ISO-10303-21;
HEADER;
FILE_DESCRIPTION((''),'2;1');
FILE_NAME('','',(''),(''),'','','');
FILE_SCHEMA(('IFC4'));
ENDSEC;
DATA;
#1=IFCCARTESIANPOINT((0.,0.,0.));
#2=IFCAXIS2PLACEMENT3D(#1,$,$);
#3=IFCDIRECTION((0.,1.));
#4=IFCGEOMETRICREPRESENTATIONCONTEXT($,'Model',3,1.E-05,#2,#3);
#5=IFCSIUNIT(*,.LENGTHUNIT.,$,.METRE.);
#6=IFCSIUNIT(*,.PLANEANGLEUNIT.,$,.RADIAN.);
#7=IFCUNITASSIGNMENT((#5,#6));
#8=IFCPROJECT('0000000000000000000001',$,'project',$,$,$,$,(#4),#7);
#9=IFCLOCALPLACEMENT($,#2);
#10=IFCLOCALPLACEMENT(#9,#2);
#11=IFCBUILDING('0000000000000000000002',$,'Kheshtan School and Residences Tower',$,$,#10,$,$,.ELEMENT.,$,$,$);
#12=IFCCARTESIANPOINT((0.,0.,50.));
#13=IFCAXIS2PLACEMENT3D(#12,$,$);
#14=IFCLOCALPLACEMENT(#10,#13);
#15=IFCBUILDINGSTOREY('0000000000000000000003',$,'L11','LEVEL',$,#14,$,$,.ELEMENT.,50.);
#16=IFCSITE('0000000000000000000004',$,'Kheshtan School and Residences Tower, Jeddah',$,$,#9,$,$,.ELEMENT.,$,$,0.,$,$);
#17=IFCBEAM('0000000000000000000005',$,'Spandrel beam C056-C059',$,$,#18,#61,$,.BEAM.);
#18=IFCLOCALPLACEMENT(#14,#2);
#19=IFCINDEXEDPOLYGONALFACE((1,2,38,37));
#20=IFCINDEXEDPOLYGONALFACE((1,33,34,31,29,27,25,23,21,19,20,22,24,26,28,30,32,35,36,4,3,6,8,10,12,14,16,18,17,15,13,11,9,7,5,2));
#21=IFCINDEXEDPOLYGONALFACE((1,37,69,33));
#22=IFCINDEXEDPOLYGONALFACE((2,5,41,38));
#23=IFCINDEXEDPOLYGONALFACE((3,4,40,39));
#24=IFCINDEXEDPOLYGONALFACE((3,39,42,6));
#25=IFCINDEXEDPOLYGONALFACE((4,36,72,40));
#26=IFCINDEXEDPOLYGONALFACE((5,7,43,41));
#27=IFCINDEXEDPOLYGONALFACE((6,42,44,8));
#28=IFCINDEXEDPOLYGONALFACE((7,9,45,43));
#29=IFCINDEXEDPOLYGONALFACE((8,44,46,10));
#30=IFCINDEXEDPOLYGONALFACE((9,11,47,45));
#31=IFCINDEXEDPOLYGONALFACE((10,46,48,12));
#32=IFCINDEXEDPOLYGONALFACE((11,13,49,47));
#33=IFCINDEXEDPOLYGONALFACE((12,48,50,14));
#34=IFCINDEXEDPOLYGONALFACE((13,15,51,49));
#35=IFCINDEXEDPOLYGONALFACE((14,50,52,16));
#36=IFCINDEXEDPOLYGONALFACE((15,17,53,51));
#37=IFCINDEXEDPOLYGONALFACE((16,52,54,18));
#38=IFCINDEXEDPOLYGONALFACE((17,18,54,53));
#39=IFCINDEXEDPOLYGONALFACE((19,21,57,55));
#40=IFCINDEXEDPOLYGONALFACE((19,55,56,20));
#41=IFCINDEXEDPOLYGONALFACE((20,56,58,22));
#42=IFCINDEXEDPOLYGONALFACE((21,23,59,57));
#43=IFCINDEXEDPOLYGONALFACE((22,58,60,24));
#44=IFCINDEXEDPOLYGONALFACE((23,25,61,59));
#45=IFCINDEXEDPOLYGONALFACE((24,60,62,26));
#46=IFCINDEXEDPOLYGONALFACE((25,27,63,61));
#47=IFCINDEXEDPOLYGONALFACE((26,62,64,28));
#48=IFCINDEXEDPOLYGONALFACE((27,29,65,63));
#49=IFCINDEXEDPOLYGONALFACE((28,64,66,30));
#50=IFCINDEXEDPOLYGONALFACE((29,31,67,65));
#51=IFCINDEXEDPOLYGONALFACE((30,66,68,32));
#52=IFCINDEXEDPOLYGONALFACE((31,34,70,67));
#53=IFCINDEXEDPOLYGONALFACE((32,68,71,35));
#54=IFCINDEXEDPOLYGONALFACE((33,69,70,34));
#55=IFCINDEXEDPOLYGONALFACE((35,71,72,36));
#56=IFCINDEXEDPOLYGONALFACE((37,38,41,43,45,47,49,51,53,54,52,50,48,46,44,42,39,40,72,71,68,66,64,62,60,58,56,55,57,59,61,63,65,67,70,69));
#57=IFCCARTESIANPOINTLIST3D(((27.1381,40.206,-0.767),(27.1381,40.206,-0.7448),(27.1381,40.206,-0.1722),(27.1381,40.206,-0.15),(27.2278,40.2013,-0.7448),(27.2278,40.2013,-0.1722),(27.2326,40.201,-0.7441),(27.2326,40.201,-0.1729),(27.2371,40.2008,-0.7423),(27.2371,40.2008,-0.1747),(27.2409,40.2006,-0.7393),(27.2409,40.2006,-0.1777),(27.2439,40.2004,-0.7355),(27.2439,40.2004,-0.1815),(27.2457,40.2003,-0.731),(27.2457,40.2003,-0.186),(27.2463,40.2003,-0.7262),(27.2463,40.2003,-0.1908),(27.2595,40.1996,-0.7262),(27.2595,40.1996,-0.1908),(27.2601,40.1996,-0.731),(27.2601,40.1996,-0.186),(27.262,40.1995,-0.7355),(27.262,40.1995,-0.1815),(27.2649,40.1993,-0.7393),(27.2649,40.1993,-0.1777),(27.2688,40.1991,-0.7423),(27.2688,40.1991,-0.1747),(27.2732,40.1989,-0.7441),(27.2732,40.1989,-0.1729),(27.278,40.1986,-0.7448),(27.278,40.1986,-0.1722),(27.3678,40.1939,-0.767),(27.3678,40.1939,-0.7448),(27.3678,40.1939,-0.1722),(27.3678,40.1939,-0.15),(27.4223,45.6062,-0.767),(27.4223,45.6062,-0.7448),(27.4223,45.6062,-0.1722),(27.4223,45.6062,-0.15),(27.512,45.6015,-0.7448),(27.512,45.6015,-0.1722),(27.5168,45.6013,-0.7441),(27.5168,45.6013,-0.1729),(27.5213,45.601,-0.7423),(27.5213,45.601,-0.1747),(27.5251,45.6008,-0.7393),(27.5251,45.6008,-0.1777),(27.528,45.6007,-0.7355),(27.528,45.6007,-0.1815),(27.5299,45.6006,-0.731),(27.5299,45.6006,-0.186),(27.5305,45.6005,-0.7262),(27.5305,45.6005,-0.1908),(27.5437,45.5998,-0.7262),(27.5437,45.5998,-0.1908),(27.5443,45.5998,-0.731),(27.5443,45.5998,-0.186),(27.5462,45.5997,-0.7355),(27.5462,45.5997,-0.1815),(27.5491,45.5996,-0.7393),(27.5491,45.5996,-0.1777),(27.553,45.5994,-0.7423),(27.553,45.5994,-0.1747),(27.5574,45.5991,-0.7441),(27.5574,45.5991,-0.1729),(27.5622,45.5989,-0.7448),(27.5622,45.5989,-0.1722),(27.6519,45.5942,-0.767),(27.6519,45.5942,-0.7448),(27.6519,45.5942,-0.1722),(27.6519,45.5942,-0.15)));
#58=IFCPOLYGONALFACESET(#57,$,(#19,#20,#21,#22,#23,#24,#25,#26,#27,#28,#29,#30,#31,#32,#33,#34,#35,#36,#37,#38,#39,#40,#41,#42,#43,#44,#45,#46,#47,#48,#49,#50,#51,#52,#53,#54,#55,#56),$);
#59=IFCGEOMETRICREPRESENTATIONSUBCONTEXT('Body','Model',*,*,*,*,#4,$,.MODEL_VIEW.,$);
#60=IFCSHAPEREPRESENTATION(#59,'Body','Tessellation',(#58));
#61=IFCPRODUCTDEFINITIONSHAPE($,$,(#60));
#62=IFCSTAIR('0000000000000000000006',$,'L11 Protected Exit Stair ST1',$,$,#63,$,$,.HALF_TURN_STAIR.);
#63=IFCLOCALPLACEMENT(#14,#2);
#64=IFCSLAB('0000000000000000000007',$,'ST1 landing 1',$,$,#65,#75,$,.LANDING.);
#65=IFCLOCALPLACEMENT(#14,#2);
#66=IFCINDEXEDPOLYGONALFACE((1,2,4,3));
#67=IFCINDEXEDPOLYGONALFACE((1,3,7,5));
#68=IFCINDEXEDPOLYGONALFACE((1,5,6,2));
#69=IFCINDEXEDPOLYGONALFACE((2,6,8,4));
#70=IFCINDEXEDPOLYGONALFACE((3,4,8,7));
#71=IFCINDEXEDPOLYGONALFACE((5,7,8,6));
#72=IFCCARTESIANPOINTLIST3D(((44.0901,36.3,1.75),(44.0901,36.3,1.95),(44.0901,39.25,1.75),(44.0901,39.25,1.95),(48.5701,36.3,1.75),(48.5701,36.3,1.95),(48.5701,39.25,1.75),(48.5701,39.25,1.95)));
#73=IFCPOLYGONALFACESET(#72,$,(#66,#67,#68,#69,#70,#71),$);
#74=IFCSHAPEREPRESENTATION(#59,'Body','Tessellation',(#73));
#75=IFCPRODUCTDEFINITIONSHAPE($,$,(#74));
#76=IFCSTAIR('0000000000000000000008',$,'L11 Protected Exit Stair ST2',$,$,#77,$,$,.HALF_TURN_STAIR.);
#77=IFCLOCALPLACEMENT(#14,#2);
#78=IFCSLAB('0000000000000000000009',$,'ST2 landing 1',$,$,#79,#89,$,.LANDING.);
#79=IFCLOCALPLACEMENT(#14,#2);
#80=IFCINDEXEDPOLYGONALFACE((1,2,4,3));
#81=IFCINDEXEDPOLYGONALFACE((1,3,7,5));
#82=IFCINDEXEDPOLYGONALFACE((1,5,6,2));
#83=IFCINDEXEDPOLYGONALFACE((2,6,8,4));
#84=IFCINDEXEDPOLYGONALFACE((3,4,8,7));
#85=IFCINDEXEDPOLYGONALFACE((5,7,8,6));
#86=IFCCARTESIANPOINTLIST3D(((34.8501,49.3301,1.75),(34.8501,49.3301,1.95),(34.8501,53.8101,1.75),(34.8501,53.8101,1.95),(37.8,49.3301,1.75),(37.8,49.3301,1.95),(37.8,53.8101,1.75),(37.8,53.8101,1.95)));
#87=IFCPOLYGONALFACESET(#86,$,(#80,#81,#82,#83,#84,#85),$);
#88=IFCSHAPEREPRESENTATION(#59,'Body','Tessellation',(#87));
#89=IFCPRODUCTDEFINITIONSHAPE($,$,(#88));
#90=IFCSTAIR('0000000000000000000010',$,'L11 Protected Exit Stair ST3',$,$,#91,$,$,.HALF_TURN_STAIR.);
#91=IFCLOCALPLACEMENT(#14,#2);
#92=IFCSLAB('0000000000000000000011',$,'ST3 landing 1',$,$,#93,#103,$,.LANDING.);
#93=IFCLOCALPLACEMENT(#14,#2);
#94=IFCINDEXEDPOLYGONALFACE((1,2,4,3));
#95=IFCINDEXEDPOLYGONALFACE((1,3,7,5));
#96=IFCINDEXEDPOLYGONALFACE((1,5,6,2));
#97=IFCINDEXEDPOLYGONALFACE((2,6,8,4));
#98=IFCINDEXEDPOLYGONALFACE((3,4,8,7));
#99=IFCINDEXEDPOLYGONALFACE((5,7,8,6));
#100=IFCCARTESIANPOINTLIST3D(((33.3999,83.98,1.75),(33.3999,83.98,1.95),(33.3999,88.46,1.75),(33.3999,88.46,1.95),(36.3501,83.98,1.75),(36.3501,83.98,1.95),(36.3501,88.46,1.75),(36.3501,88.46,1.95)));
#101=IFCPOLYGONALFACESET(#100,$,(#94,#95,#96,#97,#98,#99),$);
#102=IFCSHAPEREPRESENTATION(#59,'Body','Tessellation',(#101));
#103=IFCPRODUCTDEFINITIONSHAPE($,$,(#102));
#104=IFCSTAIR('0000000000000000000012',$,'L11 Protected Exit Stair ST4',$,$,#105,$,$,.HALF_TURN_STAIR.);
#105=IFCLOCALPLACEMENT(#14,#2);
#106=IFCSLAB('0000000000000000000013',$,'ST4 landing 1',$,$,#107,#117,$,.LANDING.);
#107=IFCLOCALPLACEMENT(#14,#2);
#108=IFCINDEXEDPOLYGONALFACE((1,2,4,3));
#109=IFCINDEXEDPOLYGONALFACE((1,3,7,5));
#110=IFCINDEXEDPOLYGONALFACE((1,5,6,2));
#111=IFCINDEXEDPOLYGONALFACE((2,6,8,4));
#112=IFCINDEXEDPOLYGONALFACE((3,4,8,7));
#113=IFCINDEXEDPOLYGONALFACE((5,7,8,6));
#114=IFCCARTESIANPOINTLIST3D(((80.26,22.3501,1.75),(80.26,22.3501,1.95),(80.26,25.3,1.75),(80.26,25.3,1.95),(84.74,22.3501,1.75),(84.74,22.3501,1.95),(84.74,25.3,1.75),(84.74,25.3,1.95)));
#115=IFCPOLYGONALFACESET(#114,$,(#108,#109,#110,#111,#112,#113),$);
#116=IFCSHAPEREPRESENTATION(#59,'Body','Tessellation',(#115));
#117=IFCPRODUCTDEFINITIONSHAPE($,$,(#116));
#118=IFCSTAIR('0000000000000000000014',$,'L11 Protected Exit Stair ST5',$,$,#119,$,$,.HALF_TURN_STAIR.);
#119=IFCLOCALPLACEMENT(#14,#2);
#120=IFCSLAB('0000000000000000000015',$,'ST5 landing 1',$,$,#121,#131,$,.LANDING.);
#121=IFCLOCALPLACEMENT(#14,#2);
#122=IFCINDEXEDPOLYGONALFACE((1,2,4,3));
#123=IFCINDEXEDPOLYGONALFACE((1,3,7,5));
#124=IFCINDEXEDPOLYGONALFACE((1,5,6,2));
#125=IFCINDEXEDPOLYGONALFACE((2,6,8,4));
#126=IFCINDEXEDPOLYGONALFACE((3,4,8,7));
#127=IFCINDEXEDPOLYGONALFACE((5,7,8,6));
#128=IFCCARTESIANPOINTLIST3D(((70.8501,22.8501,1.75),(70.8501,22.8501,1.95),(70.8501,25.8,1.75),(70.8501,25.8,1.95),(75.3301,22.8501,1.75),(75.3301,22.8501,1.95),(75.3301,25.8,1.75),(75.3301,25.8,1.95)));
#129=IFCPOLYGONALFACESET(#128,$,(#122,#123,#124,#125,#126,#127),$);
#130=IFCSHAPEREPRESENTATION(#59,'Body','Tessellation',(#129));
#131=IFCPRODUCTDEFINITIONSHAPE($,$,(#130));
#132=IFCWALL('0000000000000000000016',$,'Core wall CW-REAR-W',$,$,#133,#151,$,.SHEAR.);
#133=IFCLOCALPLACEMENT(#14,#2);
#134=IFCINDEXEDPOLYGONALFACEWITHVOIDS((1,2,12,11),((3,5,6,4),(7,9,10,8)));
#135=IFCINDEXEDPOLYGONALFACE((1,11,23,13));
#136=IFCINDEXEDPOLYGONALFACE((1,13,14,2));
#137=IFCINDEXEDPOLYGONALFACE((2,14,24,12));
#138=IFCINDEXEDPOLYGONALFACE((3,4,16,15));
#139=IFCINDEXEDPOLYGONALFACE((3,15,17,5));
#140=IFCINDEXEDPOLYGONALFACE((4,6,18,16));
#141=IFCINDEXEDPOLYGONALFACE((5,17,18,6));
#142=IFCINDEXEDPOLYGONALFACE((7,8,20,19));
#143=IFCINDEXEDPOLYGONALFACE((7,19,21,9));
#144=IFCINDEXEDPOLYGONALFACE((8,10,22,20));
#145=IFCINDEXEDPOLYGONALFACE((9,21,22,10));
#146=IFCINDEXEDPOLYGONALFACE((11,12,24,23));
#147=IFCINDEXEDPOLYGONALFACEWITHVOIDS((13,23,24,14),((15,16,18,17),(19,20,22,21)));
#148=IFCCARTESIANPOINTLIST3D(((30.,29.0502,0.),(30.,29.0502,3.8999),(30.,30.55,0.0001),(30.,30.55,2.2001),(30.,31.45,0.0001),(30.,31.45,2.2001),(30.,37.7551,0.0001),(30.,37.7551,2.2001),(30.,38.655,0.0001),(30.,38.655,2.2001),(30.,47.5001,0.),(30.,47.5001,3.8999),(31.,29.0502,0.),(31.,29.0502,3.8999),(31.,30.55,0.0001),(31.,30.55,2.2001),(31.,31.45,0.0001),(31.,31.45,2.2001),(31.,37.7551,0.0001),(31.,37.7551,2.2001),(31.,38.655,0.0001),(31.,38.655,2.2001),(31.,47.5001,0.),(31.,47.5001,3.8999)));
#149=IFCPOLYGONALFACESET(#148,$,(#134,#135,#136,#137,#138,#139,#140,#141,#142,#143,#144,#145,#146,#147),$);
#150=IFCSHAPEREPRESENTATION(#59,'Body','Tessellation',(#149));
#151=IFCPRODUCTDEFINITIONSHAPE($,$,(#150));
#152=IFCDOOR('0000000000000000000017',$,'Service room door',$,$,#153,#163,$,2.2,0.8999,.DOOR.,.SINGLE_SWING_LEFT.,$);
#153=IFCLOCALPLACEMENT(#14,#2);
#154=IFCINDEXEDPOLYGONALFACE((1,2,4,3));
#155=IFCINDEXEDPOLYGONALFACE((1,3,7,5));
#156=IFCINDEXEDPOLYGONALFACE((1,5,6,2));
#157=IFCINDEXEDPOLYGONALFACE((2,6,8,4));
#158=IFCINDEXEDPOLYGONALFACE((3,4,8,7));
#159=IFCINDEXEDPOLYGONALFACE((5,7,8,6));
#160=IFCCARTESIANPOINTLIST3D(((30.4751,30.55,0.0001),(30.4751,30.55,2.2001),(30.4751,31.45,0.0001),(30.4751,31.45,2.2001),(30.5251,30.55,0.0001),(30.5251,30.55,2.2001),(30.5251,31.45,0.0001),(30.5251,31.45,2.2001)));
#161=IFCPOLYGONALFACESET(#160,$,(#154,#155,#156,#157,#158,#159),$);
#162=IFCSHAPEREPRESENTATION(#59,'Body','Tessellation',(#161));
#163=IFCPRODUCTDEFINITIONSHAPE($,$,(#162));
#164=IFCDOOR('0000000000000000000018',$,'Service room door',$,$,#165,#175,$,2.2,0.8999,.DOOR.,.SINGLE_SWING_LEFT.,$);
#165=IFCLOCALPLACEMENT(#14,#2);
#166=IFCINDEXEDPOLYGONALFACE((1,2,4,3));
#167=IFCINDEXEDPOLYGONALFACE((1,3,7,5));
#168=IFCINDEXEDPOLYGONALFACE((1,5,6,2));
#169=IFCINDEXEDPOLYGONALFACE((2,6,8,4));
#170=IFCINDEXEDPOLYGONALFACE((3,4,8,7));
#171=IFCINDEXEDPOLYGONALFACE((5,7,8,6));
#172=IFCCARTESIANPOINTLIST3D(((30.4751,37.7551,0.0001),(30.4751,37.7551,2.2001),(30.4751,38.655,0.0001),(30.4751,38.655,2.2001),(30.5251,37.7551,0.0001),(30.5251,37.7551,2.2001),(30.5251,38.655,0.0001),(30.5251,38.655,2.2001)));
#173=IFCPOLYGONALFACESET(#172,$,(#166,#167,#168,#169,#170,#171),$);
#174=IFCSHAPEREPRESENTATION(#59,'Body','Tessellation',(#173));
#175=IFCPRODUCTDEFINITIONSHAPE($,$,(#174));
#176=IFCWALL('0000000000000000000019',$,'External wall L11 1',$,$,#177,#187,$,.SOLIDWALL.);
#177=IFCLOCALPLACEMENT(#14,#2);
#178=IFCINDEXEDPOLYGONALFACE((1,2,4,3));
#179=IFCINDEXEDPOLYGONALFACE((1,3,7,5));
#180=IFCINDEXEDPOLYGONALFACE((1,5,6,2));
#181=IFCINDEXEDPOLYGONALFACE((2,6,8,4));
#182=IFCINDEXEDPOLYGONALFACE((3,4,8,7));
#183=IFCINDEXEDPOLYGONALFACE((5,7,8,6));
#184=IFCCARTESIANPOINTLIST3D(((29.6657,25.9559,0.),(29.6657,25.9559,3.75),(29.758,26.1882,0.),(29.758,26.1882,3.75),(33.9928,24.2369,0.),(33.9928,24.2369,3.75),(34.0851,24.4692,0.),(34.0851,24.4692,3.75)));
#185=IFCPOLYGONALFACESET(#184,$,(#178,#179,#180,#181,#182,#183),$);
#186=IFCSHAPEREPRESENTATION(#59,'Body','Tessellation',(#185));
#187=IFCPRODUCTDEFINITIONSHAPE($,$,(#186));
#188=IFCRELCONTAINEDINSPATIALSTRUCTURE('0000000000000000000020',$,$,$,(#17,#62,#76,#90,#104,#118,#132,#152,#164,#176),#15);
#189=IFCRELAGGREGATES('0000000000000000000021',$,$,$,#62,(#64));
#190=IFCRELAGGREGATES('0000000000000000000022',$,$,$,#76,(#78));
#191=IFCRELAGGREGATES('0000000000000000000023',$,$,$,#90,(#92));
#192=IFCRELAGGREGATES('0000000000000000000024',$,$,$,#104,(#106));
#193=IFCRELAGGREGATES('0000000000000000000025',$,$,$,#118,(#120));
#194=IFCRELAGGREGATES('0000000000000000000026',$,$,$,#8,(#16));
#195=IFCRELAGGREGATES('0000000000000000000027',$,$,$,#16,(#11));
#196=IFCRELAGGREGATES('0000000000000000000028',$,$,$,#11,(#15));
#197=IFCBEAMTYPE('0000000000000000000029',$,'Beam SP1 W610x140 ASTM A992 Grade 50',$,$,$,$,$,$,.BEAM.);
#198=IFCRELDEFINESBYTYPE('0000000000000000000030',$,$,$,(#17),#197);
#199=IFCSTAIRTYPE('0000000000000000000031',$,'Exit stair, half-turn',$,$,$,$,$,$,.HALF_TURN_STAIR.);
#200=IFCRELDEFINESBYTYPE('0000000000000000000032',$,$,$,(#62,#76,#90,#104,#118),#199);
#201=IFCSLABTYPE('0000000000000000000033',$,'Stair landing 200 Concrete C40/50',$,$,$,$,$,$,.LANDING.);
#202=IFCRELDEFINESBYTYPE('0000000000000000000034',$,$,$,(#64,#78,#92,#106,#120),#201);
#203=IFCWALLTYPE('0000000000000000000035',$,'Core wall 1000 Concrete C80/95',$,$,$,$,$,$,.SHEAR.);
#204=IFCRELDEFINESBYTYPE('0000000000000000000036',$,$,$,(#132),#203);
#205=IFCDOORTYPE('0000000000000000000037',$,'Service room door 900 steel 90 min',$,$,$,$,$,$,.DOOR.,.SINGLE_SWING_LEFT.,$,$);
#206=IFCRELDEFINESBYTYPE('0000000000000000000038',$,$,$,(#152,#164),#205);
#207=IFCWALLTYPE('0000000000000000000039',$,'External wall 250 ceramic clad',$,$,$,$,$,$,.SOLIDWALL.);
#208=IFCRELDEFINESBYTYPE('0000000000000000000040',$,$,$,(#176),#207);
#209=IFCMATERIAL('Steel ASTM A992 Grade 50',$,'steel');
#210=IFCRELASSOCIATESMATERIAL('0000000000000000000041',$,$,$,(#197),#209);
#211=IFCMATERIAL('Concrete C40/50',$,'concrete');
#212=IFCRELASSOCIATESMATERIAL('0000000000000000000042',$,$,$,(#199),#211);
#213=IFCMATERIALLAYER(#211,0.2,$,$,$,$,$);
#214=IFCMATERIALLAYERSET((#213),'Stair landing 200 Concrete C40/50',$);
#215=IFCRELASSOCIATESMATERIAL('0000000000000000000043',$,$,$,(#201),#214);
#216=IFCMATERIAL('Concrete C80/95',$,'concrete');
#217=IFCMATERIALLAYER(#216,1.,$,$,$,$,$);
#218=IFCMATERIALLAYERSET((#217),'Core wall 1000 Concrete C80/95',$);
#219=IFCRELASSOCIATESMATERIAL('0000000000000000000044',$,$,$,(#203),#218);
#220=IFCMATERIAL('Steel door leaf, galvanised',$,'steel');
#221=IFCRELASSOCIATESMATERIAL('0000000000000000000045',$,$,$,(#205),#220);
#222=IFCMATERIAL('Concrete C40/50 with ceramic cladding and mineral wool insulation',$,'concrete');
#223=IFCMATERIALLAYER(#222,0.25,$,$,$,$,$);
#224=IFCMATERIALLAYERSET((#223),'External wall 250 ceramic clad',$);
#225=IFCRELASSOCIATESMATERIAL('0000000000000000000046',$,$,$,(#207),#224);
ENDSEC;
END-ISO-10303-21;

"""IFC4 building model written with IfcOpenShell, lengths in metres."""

from ifc_helpers import new_model, si_unit, direction, frame, frame_2d, origin, origin_2d, place, context, subcontext, project, spatial, polyline, rectangle, i_section, outline, extrude, source, transform, mapped, material, layer, layer_set, material_profile, profile_set, type_object, element, fill, aggregate, save


model = new_model("IFC4")

# Units and contexts
model_context = context("Model", 3, precision=1e-05, world=origin(), true_north=direction((0.0, 1.0)))
body_context = subcontext(model_context, "Body", "Model", "MODEL_VIEW")
ifc_project = project(units=[si_unit("LENGTHUNIT", "METRE"), si_unit("PLANEANGLEUNIT", "RADIAN")], contexts=[model_context])

# Site, building, storey
site_placement = place(None, origin())
site = spatial("IfcSite", under=ifc_project, at=site_placement, Name="Kheshtan School and Residences Tower, Jeddah", CompositionType="ELEMENT", RefElevation=0.0)
building_placement = place(site_placement, origin())
building = spatial("IfcBuilding", under=site, at=building_placement, Name="Kheshtan School and Residences Tower", CompositionType="ELEMENT")
storey_placement = place(building_placement, frame((0.0, 0.0, 50.0)))
storey = spatial("IfcBuildingStorey", under=building, at=storey_placement, Name="L11", Description="LEVEL", CompositionType="ELEMENT", Elevation=50.0)

# Shared definitions
ifc_material_1 = material(Name="Steel ASTM A992 Grade 50", Category="steel")

# Beam
ifc_material_profile_1 = material_profile(ifc_material_1, i_section(OverallWidth=0.23, OverallDepth=0.6169, WebThickness=0.0132, FlangeThickness=0.0222, FilletRadius=0.0186, at=origin_2d()), Name="W610x140")
ifc_profile_set_1 = profile_set([ifc_material_profile_1], Name="Steel ASTM A992 Grade 50")
beam_type_1 = type_object("IfcBeamType", Name="Beam SP1 W610x140 ASTM A992 Grade 50", PredefinedType="BEAM", material=ifc_profile_set_1)
beam_1_placement = place(storey_placement, frame((27.2529, 40.2, -0.4585), z_axis=(0.052552, 0.998618, 0.0), x_axis=(-0.998618, 0.052552, 0.0)))
element("IfcBeam", 1, at=beam_1_placement, inside=storey, type_object=beam_type_1, Name="Spandrel beam C056-C059", PredefinedType="BEAM", context=body_context, shape_type="SweptSolid", body=[
    extrude(i_section(OverallWidth=0.23, OverallDepth=0.6169, WebThickness=0.0132, FlangeThickness=0.0222, FilletRadius=0.0186, at=origin_2d()), origin(), (0.0, 0.0, 1.0), 5.4077),
])

# Shared definitions
ifc_material_2 = material(Name="Concrete C40/50", Category="concrete")

# Stairs, slabs
stair_type = type_object("IfcStairType", Name="Exit stair, half-turn", PredefinedType="HALF_TURN_STAIR", material=ifc_material_2)
stair_1_placement = place(storey_placement, origin())
stair_1 = element("IfcStair", 2, at=stair_1_placement, inside=storey, type_object=stair_type, Name="L11 Protected Exit Stair ST1", PredefinedType="HALF_TURN_STAIR")
ifc_layer_1 = layer(ifc_material_2, 0.2)
ifc_layer_set_1 = layer_set([ifc_layer_1], Name="Stair landing 200 Concrete C40/50")
slab_type_1 = type_object("IfcSlabType", Name="Stair landing 200 Concrete C40/50", PredefinedType="LANDING", material=ifc_layer_set_1)
slab_1_placement = place(storey_placement, frame((0.0, 0.0, 1.75)))
slab_1 = element("IfcSlab", 3, at=slab_1_placement, type_object=slab_type_1, Name="ST1 landing 1", PredefinedType="LANDING", context=body_context, shape_type="SweptSolid", body=[
    extrude(outline(polyline([(48.5701, 39.25), (44.0901, 39.25), (44.0901, 36.3), (48.5701, 36.3), (48.5701, 39.25)])), origin(), (0.0, 0.0, 1.0), 0.2),
])
aggregate(stair_1, [slab_1])
stair_2_placement = place(storey_placement, origin())
stair_2 = element("IfcStair", 4, at=stair_2_placement, inside=storey, type_object=stair_type, Name="L11 Protected Exit Stair ST2", PredefinedType="HALF_TURN_STAIR")
slab_2_placement = place(storey_placement, frame((0.0, 0.0, 1.75)))
slab_2 = element("IfcSlab", 5, at=slab_2_placement, type_object=slab_type_1, Name="ST2 landing 1", PredefinedType="LANDING", context=body_context, shape_type="SweptSolid", body=[
    extrude(outline(polyline([(37.8, 49.3301), (37.8, 53.8101), (34.8501, 53.8101), (34.8501, 49.3301), (37.8, 49.3301)])), origin(), (0.0, 0.0, 1.0), 0.2),
])
aggregate(stair_2, [slab_2])
stair_3_placement = place(storey_placement, origin())
stair_3 = element("IfcStair", 6, at=stair_3_placement, inside=storey, type_object=stair_type, Name="L11 Protected Exit Stair ST3", PredefinedType="HALF_TURN_STAIR")
slab_3_placement = place(storey_placement, frame((0.0, 0.0, 1.75)))
slab_3 = element("IfcSlab", 7, at=slab_3_placement, type_object=slab_type_1, Name="ST3 landing 1", PredefinedType="LANDING", context=body_context, shape_type="SweptSolid", body=[
    extrude(outline(polyline([(36.3501, 83.98), (36.3501, 88.46), (33.3999, 88.46), (33.3999, 83.98), (36.3501, 83.98)])), origin(), (0.0, 0.0, 1.0), 0.2),
])
aggregate(stair_3, [slab_3])
stair_4_placement = place(storey_placement, origin())
stair_4 = element("IfcStair", 8, at=stair_4_placement, inside=storey, type_object=stair_type, Name="L11 Protected Exit Stair ST4", PredefinedType="HALF_TURN_STAIR")
slab_4_placement = place(storey_placement, frame((0.0, 0.0, 1.75)))
slab_4 = element("IfcSlab", 9, at=slab_4_placement, type_object=slab_type_1, Name="ST4 landing 1", PredefinedType="LANDING", context=body_context, shape_type="SweptSolid", body=[
    extrude(outline(polyline([(84.74, 25.3), (80.26, 25.3), (80.26, 22.3501), (84.74, 22.3501), (84.74, 25.3)])), origin(), (0.0, 0.0, 1.0), 0.2),
])
aggregate(stair_4, [slab_4])
stair_5_placement = place(storey_placement, origin())
stair_5 = element("IfcStair", 10, at=stair_5_placement, inside=storey, type_object=stair_type, Name="L11 Protected Exit Stair ST5", PredefinedType="HALF_TURN_STAIR")
slab_5_placement = place(storey_placement, frame((0.0, 0.0, 1.75)))
slab_5 = element("IfcSlab", 11, at=slab_5_placement, type_object=slab_type_1, Name="ST5 landing 1", PredefinedType="LANDING", context=body_context, shape_type="SweptSolid", body=[
    extrude(outline(polyline([(75.3301, 25.8), (70.8501, 25.8), (70.8501, 22.8501), (75.3301, 22.8501), (75.3301, 25.8)])), origin(), (0.0, 0.0, 1.0), 0.2),
])
aggregate(stair_5, [slab_5])

# Wall, openings, doors
ifc_material_3 = material(Name="Concrete C80/95", Category="concrete")
ifc_layer_2 = layer(ifc_material_3, 1.0)
ifc_layer_set_2 = layer_set([ifc_layer_2], Name="Core wall 1000 Concrete C80/95")
wall_type_1 = type_object("IfcWallType", Name="Core wall 1000 Concrete C80/95", PredefinedType="SHEAR", material=ifc_layer_set_2)
wall_1_placement = place(storey_placement, frame((30.5, 29.05, 0.0), z_axis=(0.0, 0.0, 1.0), x_axis=(0.0, 1.0, 0.0)))
wall_1 = element("IfcWall", 12, at=wall_1_placement, inside=storey, type_object=wall_type_1, Name="Core wall CW-REAR-W", PredefinedType="SHEAR", context=body_context, shape_type="SweptSolid", body=[
    extrude(rectangle(XDim=18.45, YDim=1.0, at=frame_2d((9.2251, 0.0))), origin(), (0.0, 0.0, 1.0), 3.8999),
])
opening_1_placement = place(wall_1_placement, frame((1.5, 0.0, 0.0)))
opening_1 = element("IfcOpeningElement", 13, at=opening_1_placement, cuts=wall_1, PredefinedType="OPENING", context=body_context, shape_type="SweptSolid", body=[
    extrude(rectangle(XDim=0.8999, YDim=2.2, at=frame_2d((0.45, 1.1001))), frame((0.0, 0.51, 0.0), z_axis=(0.0, -1.0, 0.0), x_axis=(1.0, 0.0, 0.0)), (0.0, 0.0, 1.0), 1.02),
])
opening_2_placement = place(wall_1_placement, frame((8.7051, 0.0, 0.0)))
opening_2 = element("IfcOpeningElement", 14, at=opening_2_placement, cuts=wall_1, PredefinedType="OPENING", context=body_context, shape_type="SweptSolid", body=[
    extrude(rectangle(XDim=0.8999, YDim=2.2, at=frame_2d((0.45, 1.1001))), frame((0.0, 0.51, 0.0), z_axis=(0.0, -1.0, 0.0), x_axis=(1.0, 0.0, 0.0)), (0.0, 0.0, 1.0), 1.02),
])
ifc_material_4 = material(Name="Steel door leaf, galvanised", Category="steel")
door_type = type_object("IfcDoorType", Name="Service room door 900 steel 90 min", OperationType="SINGLE_SWING_LEFT", PredefinedType="DOOR", material=ifc_material_4)
shared_shape = source(origin(), body_context, "Body", "SweptSolid", [
    extrude(rectangle(XDim=0.8999, YDim=2.2, at=frame_2d((0.45, 1.1001))), frame((0.0, 0.0249, 0.0), z_axis=(0.0, -1.0, 0.0), x_axis=(1.0, 0.0, 0.0)), (0.0, 0.0, 1.0), 0.05),
])
door_1_placement = place(opening_1_placement, origin())
door_1 = element("IfcDoor", 15, at=door_1_placement, inside=storey, type_object=door_type, Name="Service room door", OperationType="SINGLE_SWING_LEFT", OverallHeight=2.2, OverallWidth=0.8999, PredefinedType="DOOR", context=body_context, shape_type="MappedRepresentation", body=[
    mapped(shared_shape, transform((0.0, 0.0, 0.0), x_axis=(1.0, 0.0, 0.0), y_axis=(0.0, 1.0, 0.0), z_axis=(0.0, 0.0, 1.0), scale=1.0)),
])
fill(opening_1, door_1)
door_2_placement = place(opening_2_placement, origin())
door_2 = element("IfcDoor", 16, at=door_2_placement, inside=storey, type_object=door_type, Name="Service room door", OperationType="SINGLE_SWING_LEFT", OverallHeight=2.2, OverallWidth=0.8999, PredefinedType="DOOR", context=body_context, shape_type="MappedRepresentation", body=[
    mapped(shared_shape, transform((0.0, 0.0, 0.0), x_axis=(1.0, 0.0, 0.0), y_axis=(0.0, 1.0, 0.0), z_axis=(0.0, 0.0, 1.0), scale=1.0)),
])
fill(opening_2, door_2)

# Wall
ifc_material_5 = material(Name="Concrete C40/50 with ceramic cladding and mineral wool insulation", Category="concrete")
ifc_layer_3 = layer(ifc_material_5, 0.25)
ifc_layer_set_3 = layer_set([ifc_layer_3], Name="External wall 250 ceramic clad")
wall_type_2 = type_object("IfcWallType", Name="External wall 250 ceramic clad", PredefinedType="SOLIDWALL", material=ifc_layer_set_3)
wall_2_placement = place(storey_placement, frame((34.0391, 24.353, 0.0), z_axis=(0.0, 0.0, 1.0), x_axis=(-0.929353, 0.369193, 0.0)))
element("IfcWall", 17, at=wall_2_placement, inside=storey, type_object=wall_type_2, Name="External wall L11 1", PredefinedType="SOLIDWALL", context=body_context, shape_type="SweptSolid", body=[
    extrude(rectangle(XDim=4.656, YDim=0.25, at=frame_2d((2.3281, 0.0))), origin(), (0.0, 0.0, 1.0), 3.75),
])

save(model, "model.ifc")
